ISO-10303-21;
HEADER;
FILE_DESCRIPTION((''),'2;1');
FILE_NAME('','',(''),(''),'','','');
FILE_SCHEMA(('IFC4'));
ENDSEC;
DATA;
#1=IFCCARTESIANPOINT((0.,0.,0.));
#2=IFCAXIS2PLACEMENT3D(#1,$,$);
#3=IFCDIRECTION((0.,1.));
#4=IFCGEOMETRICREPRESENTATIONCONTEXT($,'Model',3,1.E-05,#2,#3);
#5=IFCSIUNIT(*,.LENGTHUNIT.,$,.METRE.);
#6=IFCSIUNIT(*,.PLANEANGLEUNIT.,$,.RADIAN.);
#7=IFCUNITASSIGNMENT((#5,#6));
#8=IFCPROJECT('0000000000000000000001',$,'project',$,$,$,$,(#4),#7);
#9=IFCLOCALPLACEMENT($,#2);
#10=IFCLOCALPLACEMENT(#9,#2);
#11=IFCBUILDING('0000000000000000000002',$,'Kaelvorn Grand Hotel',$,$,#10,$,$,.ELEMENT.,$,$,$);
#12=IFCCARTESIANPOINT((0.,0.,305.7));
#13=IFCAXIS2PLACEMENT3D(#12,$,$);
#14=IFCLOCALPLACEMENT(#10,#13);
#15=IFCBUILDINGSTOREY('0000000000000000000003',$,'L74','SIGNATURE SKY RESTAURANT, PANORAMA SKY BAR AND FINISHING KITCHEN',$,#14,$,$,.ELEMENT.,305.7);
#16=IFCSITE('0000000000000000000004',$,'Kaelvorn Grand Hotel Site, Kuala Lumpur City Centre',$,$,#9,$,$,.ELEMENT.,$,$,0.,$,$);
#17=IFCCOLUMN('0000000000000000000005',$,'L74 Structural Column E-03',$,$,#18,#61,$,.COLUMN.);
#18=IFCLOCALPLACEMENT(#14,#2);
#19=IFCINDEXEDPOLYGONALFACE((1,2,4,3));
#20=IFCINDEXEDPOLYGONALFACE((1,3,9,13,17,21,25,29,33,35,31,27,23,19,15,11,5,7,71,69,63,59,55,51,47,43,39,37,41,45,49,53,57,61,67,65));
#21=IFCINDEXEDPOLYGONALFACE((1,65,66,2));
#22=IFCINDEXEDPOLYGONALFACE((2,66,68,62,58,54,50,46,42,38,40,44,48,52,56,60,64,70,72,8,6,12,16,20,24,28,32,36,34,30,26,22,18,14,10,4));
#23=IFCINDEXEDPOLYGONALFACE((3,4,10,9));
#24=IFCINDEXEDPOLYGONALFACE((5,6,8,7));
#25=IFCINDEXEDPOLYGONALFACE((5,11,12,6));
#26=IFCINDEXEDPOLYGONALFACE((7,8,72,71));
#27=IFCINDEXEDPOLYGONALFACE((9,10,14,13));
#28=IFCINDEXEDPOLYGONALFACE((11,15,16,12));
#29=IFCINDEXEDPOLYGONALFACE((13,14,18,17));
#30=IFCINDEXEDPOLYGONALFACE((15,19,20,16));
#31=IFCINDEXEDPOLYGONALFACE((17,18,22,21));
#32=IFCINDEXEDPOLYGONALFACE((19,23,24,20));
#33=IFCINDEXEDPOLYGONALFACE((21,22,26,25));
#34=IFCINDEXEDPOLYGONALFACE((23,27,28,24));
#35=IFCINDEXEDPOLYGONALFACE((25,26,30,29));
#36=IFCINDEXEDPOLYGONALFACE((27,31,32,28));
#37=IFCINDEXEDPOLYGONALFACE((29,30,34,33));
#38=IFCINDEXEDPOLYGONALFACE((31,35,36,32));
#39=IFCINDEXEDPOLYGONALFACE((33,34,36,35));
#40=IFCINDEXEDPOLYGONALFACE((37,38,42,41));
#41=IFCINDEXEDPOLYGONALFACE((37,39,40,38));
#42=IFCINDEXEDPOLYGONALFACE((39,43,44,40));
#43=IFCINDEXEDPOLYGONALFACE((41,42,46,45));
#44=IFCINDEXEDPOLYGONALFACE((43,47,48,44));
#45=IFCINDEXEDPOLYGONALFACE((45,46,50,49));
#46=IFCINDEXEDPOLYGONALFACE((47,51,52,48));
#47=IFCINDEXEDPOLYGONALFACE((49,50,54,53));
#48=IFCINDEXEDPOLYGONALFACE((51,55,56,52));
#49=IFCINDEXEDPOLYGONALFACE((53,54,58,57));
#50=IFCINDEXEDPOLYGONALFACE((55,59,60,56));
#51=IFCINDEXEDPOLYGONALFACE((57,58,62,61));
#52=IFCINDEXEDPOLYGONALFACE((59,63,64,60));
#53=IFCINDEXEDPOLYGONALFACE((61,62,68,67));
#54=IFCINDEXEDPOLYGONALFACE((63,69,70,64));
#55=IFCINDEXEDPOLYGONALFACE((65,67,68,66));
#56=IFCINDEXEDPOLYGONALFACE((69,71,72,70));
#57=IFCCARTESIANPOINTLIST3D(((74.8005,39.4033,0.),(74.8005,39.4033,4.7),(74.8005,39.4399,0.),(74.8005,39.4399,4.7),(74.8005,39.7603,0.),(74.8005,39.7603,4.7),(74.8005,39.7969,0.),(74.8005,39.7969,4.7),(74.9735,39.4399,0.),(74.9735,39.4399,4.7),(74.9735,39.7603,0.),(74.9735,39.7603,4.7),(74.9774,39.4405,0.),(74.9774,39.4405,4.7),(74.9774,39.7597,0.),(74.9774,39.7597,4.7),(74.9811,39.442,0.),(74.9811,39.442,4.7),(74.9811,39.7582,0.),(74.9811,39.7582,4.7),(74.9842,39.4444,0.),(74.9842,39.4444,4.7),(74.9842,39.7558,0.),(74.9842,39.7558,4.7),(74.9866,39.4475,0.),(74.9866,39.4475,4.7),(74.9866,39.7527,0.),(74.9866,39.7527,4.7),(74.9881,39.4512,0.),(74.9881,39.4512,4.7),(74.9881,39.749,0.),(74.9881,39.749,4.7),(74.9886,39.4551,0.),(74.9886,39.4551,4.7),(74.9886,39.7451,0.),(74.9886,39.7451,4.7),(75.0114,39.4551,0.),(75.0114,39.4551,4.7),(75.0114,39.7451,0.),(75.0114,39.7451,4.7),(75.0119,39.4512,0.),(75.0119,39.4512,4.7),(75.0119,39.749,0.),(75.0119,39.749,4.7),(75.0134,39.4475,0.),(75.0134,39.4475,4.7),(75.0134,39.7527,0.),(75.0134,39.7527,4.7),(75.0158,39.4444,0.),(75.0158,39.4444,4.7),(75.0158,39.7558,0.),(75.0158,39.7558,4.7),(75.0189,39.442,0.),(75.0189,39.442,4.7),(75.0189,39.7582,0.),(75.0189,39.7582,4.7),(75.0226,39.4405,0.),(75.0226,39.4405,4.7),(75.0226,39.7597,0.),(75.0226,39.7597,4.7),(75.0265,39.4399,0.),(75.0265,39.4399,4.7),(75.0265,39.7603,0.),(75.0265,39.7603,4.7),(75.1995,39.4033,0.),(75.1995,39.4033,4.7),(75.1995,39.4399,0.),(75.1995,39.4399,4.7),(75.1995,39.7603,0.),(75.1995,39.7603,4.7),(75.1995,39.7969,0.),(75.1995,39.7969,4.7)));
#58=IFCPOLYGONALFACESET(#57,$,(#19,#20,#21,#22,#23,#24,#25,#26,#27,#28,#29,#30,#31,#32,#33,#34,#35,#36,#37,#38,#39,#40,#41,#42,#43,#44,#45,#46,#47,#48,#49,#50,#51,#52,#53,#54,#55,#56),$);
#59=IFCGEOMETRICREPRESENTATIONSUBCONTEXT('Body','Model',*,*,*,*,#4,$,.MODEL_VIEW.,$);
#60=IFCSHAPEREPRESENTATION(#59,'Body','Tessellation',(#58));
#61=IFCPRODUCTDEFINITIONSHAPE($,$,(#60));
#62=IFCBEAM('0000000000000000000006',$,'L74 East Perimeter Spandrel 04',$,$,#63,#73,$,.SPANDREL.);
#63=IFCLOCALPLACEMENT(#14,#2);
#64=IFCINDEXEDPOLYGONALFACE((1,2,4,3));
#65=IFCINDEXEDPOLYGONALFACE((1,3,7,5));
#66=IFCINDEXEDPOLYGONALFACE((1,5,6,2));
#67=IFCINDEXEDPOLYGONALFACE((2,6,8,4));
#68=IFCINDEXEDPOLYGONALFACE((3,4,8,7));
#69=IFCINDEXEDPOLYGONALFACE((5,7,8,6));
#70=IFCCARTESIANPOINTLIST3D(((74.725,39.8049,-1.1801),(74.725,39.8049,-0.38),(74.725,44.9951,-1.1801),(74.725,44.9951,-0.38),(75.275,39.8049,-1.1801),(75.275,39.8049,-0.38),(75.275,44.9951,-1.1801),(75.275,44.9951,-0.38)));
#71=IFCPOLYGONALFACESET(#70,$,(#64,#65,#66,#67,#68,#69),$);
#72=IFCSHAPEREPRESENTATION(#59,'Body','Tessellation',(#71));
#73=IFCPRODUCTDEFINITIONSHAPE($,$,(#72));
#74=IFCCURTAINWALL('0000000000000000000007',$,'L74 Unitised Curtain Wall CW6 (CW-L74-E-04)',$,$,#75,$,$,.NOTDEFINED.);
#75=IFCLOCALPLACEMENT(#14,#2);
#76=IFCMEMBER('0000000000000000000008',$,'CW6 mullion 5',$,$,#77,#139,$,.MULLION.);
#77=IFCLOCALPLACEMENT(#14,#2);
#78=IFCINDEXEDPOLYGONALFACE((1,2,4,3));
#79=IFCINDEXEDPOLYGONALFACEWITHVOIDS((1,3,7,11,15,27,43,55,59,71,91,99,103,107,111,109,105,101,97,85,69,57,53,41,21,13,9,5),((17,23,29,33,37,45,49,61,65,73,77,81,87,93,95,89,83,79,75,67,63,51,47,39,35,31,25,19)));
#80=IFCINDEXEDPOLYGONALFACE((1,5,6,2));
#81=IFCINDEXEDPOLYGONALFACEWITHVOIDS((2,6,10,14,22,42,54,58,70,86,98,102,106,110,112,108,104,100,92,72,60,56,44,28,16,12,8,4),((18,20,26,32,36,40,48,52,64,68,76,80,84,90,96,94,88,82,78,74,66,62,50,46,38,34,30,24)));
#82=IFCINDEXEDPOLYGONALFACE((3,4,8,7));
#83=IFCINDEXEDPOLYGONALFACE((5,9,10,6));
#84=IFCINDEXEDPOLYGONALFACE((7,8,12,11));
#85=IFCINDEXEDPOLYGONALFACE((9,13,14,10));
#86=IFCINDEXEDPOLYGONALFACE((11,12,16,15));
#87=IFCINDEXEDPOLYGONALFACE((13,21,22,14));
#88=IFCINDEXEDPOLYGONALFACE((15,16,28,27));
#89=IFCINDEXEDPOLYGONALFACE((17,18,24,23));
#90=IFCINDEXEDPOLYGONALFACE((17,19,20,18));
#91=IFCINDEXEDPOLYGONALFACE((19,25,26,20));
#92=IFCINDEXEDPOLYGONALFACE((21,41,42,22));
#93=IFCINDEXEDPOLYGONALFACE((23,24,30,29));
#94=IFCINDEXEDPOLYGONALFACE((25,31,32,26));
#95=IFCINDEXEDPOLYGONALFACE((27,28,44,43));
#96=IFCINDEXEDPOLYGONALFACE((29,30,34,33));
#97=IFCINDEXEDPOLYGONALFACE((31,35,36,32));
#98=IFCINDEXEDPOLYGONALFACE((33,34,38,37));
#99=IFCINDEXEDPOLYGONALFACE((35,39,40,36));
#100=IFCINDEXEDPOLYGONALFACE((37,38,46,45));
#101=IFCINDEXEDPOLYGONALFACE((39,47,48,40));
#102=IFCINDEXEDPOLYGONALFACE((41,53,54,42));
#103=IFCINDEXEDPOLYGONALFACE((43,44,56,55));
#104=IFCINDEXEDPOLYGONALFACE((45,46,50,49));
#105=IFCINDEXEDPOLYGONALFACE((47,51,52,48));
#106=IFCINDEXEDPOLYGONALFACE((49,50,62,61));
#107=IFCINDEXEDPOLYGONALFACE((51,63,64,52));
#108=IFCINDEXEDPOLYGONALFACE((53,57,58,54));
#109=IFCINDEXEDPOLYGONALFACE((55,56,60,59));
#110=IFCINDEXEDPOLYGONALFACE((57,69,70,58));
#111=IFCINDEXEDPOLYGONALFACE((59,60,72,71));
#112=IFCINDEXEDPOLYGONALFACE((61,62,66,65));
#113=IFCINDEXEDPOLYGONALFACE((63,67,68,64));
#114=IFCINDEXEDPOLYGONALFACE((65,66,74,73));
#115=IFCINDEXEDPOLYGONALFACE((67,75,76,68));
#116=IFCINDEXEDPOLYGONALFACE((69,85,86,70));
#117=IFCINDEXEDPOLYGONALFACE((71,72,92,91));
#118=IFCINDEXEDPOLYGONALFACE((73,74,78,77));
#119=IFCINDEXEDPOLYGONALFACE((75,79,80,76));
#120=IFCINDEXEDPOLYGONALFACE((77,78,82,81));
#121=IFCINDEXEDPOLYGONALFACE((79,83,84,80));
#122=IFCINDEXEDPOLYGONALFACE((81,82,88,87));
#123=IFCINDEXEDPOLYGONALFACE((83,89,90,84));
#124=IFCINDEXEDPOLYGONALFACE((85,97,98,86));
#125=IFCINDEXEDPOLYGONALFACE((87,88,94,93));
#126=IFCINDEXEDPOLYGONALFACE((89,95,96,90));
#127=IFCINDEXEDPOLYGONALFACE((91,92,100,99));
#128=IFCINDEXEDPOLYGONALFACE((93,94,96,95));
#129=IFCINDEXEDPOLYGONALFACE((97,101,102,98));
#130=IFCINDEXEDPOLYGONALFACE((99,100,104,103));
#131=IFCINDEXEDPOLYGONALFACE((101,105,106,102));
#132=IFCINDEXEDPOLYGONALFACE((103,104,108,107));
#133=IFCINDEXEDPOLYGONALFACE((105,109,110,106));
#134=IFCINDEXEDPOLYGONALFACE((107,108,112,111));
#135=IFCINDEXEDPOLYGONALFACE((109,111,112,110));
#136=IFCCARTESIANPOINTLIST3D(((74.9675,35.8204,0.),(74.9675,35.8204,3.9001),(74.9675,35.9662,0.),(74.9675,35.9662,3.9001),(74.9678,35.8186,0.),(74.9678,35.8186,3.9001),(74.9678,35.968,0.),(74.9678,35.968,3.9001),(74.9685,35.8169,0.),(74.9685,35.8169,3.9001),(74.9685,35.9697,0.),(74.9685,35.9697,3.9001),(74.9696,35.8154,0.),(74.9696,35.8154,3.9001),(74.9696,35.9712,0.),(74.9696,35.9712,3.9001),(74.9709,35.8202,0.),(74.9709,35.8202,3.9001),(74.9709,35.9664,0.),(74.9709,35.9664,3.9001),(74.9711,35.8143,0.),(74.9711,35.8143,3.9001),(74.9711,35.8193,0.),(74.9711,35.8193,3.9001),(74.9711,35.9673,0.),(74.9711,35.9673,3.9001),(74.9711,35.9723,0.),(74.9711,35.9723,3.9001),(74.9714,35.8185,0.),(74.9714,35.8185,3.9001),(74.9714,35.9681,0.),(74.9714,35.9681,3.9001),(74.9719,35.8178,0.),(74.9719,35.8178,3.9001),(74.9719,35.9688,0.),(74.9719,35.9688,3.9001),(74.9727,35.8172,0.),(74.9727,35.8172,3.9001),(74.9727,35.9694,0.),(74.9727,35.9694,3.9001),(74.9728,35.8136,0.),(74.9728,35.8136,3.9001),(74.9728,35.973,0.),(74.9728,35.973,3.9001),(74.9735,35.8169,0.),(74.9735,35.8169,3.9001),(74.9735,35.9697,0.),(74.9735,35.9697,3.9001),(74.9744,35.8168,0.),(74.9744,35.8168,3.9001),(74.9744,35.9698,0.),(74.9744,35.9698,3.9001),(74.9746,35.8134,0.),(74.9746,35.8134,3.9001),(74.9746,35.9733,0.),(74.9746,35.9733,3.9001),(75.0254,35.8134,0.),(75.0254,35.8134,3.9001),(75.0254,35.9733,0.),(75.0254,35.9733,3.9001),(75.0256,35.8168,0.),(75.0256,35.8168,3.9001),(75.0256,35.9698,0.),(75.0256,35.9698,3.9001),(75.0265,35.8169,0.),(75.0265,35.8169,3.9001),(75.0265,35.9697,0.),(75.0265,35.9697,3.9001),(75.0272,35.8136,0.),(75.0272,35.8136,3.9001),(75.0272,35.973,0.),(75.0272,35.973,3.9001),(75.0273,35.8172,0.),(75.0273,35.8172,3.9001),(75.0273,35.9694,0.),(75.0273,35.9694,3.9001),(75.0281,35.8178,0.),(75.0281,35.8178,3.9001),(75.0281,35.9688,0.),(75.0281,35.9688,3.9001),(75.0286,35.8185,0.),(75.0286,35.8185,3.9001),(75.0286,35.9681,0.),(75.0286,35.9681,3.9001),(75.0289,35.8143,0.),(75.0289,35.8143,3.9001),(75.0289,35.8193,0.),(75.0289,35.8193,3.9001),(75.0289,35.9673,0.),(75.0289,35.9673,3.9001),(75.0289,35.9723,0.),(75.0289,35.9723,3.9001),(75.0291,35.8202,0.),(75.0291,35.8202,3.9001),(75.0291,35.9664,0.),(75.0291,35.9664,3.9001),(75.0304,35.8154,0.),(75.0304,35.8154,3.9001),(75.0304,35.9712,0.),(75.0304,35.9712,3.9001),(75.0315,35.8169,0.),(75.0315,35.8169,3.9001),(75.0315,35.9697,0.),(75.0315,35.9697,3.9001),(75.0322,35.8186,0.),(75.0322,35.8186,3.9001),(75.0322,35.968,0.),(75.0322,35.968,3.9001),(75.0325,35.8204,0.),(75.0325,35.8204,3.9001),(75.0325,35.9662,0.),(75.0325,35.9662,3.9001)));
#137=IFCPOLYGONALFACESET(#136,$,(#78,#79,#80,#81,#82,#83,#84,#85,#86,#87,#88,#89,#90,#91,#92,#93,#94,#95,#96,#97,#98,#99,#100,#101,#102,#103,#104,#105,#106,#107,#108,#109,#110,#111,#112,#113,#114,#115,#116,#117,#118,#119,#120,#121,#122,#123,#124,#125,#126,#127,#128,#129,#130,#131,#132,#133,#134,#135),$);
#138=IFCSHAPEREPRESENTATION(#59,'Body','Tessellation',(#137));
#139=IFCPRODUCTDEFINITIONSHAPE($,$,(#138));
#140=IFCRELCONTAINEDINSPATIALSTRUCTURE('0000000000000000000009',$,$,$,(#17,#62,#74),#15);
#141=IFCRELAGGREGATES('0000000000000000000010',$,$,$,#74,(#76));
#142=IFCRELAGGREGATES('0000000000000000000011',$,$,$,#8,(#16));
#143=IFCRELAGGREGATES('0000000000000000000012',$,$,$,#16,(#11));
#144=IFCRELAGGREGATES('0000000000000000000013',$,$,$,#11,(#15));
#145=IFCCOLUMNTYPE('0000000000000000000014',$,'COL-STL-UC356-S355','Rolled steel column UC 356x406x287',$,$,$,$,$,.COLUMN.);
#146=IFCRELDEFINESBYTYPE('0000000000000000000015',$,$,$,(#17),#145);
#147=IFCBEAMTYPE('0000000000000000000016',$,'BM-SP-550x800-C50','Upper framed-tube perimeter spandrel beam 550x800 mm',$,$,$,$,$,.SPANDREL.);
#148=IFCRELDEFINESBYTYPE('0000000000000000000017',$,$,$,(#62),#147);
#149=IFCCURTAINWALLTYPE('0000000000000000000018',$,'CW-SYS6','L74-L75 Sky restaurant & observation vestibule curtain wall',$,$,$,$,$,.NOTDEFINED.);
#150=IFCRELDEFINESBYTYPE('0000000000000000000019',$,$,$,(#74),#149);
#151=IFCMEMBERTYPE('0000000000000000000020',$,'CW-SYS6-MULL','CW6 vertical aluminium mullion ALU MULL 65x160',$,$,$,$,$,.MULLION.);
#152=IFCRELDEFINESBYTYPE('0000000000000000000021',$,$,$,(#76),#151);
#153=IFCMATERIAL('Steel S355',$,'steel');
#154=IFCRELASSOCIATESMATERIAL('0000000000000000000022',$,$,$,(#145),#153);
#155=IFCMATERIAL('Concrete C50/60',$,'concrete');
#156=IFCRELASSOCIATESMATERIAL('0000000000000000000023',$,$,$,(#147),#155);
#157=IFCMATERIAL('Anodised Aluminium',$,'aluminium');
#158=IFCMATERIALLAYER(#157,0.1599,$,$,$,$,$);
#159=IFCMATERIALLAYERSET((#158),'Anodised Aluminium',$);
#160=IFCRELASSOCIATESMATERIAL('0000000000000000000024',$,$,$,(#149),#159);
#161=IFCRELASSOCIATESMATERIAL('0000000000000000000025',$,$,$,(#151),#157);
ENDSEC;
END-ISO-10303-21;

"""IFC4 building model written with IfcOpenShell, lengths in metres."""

from ifc_helpers import new_model, si_unit, direction, frame, origin, origin_2d, place, context, subcontext, project, spatial, rectangle, hollow_rectangle, i_section, extrude, material, layer, layer_set, material_profile, profile_set, type_object, element, aggregate, save


model = new_model("IFC4")

# Units and contexts
model_context = context("Model", 3, precision=1e-05, world=origin(), true_north=direction((0.0, 1.0)))
body_context = subcontext(model_context, "Body", "Model", "MODEL_VIEW")
ifc_project = project(units=[si_unit("LENGTHUNIT", "METRE"), si_unit("PLANEANGLEUNIT", "RADIAN")], contexts=[model_context])

# Site, building, storey
site_placement = place(None, origin())
site = spatial("IfcSite", under=ifc_project, at=site_placement, Name="Kaelvorn Grand Hotel Site, Kuala Lumpur City Centre", CompositionType="ELEMENT", RefElevation=0.0)
building_placement = place(site_placement, origin())
building = spatial("IfcBuilding", under=site, at=building_placement, Name="Kaelvorn Grand Hotel", CompositionType="ELEMENT")
storey_placement = place(building_placement, frame((0.0, 0.0, 305.7)))
storey = spatial("IfcBuildingStorey", under=building, at=storey_placement, Name="L74", Description="SIGNATURE SKY RESTAURANT, PANORAMA SKY BAR AND FINISHING KITCHEN", CompositionType="ELEMENT", Elevation=305.7)

# Column
ifc_material_1 = material(Name="Steel S355", Category="steel")
ifc_material_profile_1 = material_profile(ifc_material_1, i_section(OverallWidth=0.3989, OverallDepth=0.3936, WebThickness=0.0227, FlangeThickness=0.0366, FilletRadius=0.0151, at=origin_2d()), Name="UC 356x406x287")
ifc_profile_set_1 = profile_set([ifc_material_profile_1], Name="Steel S355")
column_type = type_object("IfcColumnType", Name="COL-STL-UC356-S355", Description="Rolled steel column UC 356x406x287", PredefinedType="COLUMN", material=ifc_profile_set_1)
column_placement = place(storey_placement, frame((75.0, 39.6001, 0.0), z_axis=(0.0, 0.0, 1.0), x_axis=(1.0, 0.0, 0.0)))
element("IfcColumn", 1, at=column_placement, inside=storey, type_object=column_type, Name="L74 Structural Column E-03", PredefinedType="COLUMN", context=body_context, shape_type="SweptSolid", body=[
    extrude(i_section(OverallWidth=0.3989, OverallDepth=0.3936, WebThickness=0.0227, FlangeThickness=0.0366, FilletRadius=0.0151, at=origin_2d()), origin(), (0.0, 0.0, 1.0), 4.7),
])

# Beam
ifc_material_2 = material(Name="Concrete C50/60", Category="concrete")
ifc_material_profile_2 = material_profile(ifc_material_2, rectangle(XDim=0.55, YDim=0.8, at=origin_2d()), Name="RC SPANDREL 550x800")
ifc_profile_set_2 = profile_set([ifc_material_profile_2], Name="Concrete C50/60")
beam_type = type_object("IfcBeamType", Name="BM-SP-550x800-C50", Description="Upper framed-tube perimeter spandrel beam 550x800 mm", PredefinedType="SPANDREL", material=ifc_profile_set_2)
beam_placement = place(storey_placement, frame((75.0, 39.8049, -0.78), z_axis=(0.0, 1.0, 0.0), x_axis=(-1.0, 0.0, 0.0)))
element("IfcBeam", 2, at=beam_placement, inside=storey, type_object=beam_type, Name="L74 East Perimeter Spandrel 04", PredefinedType="SPANDREL", context=body_context, shape_type="SweptSolid", body=[
    extrude(rectangle(XDim=0.55, YDim=0.8, at=origin_2d()), origin(), (0.0, 0.0, 1.0), 5.1902),
])

# Curtain wall, member
ifc_material_3 = material(Name="Anodised Aluminium", Category="aluminium")
ifc_layer_1 = layer(ifc_material_3, 0.1599)
ifc_layer_set_1 = layer_set([ifc_layer_1], Name="Anodised Aluminium")
curtain_wall_type = type_object("IfcCurtainWallType", Name="CW-SYS6", Description="L74-L75 Sky restaurant & observation vestibule curtain wall", PredefinedType="NOTDEFINED", material=ifc_layer_set_1)
curtain_wall_1_placement = place(storey_placement, origin())
curtain_wall_1 = element("IfcCurtainWall", 3, at=curtain_wall_1_placement, inside=storey, type_object=curtain_wall_type, Name="L74 Unitised Curtain Wall CW6 (CW-L74-E-04)", PredefinedType="NOTDEFINED")
ifc_material_profile_3 = material_profile(ifc_material_3, hollow_rectangle(XDim=0.0649, YDim=0.1599, WallThickness=0.0034, InnerFilletRadius=0.0034, OuterFilletRadius=0.0071, at=origin_2d()), Name="ALU MULL 65x160")
ifc_profile_set_3 = profile_set([ifc_material_profile_3], Name="Anodised Aluminium")
member_type_1 = type_object("IfcMemberType", Name="CW-SYS6-MULL", Description="CW6 vertical aluminium mullion ALU MULL 65x160", PredefinedType="MULLION", material=ifc_profile_set_3)
member_1_placement = place(storey_placement, frame((75.0, 35.8933, 0.0), z_axis=(0.0, 0.0, 1.0), x_axis=(-1.0, 0.0, 0.0)))
member_1 = element("IfcMember", 4, at=member_1_placement, type_object=member_type_1, Name="CW6 mullion 5", PredefinedType="MULLION", context=body_context, shape_type="SweptSolid", body=[
    extrude(hollow_rectangle(XDim=0.0649, YDim=0.1599, WallThickness=0.0034, InnerFilletRadius=0.0034, OuterFilletRadius=0.0071, at=origin_2d()), origin(), (0.0, 0.0, 1.0), 3.9001),
])

aggregate(curtain_wall_1, [member_1])

save(model, "model.ifc")
